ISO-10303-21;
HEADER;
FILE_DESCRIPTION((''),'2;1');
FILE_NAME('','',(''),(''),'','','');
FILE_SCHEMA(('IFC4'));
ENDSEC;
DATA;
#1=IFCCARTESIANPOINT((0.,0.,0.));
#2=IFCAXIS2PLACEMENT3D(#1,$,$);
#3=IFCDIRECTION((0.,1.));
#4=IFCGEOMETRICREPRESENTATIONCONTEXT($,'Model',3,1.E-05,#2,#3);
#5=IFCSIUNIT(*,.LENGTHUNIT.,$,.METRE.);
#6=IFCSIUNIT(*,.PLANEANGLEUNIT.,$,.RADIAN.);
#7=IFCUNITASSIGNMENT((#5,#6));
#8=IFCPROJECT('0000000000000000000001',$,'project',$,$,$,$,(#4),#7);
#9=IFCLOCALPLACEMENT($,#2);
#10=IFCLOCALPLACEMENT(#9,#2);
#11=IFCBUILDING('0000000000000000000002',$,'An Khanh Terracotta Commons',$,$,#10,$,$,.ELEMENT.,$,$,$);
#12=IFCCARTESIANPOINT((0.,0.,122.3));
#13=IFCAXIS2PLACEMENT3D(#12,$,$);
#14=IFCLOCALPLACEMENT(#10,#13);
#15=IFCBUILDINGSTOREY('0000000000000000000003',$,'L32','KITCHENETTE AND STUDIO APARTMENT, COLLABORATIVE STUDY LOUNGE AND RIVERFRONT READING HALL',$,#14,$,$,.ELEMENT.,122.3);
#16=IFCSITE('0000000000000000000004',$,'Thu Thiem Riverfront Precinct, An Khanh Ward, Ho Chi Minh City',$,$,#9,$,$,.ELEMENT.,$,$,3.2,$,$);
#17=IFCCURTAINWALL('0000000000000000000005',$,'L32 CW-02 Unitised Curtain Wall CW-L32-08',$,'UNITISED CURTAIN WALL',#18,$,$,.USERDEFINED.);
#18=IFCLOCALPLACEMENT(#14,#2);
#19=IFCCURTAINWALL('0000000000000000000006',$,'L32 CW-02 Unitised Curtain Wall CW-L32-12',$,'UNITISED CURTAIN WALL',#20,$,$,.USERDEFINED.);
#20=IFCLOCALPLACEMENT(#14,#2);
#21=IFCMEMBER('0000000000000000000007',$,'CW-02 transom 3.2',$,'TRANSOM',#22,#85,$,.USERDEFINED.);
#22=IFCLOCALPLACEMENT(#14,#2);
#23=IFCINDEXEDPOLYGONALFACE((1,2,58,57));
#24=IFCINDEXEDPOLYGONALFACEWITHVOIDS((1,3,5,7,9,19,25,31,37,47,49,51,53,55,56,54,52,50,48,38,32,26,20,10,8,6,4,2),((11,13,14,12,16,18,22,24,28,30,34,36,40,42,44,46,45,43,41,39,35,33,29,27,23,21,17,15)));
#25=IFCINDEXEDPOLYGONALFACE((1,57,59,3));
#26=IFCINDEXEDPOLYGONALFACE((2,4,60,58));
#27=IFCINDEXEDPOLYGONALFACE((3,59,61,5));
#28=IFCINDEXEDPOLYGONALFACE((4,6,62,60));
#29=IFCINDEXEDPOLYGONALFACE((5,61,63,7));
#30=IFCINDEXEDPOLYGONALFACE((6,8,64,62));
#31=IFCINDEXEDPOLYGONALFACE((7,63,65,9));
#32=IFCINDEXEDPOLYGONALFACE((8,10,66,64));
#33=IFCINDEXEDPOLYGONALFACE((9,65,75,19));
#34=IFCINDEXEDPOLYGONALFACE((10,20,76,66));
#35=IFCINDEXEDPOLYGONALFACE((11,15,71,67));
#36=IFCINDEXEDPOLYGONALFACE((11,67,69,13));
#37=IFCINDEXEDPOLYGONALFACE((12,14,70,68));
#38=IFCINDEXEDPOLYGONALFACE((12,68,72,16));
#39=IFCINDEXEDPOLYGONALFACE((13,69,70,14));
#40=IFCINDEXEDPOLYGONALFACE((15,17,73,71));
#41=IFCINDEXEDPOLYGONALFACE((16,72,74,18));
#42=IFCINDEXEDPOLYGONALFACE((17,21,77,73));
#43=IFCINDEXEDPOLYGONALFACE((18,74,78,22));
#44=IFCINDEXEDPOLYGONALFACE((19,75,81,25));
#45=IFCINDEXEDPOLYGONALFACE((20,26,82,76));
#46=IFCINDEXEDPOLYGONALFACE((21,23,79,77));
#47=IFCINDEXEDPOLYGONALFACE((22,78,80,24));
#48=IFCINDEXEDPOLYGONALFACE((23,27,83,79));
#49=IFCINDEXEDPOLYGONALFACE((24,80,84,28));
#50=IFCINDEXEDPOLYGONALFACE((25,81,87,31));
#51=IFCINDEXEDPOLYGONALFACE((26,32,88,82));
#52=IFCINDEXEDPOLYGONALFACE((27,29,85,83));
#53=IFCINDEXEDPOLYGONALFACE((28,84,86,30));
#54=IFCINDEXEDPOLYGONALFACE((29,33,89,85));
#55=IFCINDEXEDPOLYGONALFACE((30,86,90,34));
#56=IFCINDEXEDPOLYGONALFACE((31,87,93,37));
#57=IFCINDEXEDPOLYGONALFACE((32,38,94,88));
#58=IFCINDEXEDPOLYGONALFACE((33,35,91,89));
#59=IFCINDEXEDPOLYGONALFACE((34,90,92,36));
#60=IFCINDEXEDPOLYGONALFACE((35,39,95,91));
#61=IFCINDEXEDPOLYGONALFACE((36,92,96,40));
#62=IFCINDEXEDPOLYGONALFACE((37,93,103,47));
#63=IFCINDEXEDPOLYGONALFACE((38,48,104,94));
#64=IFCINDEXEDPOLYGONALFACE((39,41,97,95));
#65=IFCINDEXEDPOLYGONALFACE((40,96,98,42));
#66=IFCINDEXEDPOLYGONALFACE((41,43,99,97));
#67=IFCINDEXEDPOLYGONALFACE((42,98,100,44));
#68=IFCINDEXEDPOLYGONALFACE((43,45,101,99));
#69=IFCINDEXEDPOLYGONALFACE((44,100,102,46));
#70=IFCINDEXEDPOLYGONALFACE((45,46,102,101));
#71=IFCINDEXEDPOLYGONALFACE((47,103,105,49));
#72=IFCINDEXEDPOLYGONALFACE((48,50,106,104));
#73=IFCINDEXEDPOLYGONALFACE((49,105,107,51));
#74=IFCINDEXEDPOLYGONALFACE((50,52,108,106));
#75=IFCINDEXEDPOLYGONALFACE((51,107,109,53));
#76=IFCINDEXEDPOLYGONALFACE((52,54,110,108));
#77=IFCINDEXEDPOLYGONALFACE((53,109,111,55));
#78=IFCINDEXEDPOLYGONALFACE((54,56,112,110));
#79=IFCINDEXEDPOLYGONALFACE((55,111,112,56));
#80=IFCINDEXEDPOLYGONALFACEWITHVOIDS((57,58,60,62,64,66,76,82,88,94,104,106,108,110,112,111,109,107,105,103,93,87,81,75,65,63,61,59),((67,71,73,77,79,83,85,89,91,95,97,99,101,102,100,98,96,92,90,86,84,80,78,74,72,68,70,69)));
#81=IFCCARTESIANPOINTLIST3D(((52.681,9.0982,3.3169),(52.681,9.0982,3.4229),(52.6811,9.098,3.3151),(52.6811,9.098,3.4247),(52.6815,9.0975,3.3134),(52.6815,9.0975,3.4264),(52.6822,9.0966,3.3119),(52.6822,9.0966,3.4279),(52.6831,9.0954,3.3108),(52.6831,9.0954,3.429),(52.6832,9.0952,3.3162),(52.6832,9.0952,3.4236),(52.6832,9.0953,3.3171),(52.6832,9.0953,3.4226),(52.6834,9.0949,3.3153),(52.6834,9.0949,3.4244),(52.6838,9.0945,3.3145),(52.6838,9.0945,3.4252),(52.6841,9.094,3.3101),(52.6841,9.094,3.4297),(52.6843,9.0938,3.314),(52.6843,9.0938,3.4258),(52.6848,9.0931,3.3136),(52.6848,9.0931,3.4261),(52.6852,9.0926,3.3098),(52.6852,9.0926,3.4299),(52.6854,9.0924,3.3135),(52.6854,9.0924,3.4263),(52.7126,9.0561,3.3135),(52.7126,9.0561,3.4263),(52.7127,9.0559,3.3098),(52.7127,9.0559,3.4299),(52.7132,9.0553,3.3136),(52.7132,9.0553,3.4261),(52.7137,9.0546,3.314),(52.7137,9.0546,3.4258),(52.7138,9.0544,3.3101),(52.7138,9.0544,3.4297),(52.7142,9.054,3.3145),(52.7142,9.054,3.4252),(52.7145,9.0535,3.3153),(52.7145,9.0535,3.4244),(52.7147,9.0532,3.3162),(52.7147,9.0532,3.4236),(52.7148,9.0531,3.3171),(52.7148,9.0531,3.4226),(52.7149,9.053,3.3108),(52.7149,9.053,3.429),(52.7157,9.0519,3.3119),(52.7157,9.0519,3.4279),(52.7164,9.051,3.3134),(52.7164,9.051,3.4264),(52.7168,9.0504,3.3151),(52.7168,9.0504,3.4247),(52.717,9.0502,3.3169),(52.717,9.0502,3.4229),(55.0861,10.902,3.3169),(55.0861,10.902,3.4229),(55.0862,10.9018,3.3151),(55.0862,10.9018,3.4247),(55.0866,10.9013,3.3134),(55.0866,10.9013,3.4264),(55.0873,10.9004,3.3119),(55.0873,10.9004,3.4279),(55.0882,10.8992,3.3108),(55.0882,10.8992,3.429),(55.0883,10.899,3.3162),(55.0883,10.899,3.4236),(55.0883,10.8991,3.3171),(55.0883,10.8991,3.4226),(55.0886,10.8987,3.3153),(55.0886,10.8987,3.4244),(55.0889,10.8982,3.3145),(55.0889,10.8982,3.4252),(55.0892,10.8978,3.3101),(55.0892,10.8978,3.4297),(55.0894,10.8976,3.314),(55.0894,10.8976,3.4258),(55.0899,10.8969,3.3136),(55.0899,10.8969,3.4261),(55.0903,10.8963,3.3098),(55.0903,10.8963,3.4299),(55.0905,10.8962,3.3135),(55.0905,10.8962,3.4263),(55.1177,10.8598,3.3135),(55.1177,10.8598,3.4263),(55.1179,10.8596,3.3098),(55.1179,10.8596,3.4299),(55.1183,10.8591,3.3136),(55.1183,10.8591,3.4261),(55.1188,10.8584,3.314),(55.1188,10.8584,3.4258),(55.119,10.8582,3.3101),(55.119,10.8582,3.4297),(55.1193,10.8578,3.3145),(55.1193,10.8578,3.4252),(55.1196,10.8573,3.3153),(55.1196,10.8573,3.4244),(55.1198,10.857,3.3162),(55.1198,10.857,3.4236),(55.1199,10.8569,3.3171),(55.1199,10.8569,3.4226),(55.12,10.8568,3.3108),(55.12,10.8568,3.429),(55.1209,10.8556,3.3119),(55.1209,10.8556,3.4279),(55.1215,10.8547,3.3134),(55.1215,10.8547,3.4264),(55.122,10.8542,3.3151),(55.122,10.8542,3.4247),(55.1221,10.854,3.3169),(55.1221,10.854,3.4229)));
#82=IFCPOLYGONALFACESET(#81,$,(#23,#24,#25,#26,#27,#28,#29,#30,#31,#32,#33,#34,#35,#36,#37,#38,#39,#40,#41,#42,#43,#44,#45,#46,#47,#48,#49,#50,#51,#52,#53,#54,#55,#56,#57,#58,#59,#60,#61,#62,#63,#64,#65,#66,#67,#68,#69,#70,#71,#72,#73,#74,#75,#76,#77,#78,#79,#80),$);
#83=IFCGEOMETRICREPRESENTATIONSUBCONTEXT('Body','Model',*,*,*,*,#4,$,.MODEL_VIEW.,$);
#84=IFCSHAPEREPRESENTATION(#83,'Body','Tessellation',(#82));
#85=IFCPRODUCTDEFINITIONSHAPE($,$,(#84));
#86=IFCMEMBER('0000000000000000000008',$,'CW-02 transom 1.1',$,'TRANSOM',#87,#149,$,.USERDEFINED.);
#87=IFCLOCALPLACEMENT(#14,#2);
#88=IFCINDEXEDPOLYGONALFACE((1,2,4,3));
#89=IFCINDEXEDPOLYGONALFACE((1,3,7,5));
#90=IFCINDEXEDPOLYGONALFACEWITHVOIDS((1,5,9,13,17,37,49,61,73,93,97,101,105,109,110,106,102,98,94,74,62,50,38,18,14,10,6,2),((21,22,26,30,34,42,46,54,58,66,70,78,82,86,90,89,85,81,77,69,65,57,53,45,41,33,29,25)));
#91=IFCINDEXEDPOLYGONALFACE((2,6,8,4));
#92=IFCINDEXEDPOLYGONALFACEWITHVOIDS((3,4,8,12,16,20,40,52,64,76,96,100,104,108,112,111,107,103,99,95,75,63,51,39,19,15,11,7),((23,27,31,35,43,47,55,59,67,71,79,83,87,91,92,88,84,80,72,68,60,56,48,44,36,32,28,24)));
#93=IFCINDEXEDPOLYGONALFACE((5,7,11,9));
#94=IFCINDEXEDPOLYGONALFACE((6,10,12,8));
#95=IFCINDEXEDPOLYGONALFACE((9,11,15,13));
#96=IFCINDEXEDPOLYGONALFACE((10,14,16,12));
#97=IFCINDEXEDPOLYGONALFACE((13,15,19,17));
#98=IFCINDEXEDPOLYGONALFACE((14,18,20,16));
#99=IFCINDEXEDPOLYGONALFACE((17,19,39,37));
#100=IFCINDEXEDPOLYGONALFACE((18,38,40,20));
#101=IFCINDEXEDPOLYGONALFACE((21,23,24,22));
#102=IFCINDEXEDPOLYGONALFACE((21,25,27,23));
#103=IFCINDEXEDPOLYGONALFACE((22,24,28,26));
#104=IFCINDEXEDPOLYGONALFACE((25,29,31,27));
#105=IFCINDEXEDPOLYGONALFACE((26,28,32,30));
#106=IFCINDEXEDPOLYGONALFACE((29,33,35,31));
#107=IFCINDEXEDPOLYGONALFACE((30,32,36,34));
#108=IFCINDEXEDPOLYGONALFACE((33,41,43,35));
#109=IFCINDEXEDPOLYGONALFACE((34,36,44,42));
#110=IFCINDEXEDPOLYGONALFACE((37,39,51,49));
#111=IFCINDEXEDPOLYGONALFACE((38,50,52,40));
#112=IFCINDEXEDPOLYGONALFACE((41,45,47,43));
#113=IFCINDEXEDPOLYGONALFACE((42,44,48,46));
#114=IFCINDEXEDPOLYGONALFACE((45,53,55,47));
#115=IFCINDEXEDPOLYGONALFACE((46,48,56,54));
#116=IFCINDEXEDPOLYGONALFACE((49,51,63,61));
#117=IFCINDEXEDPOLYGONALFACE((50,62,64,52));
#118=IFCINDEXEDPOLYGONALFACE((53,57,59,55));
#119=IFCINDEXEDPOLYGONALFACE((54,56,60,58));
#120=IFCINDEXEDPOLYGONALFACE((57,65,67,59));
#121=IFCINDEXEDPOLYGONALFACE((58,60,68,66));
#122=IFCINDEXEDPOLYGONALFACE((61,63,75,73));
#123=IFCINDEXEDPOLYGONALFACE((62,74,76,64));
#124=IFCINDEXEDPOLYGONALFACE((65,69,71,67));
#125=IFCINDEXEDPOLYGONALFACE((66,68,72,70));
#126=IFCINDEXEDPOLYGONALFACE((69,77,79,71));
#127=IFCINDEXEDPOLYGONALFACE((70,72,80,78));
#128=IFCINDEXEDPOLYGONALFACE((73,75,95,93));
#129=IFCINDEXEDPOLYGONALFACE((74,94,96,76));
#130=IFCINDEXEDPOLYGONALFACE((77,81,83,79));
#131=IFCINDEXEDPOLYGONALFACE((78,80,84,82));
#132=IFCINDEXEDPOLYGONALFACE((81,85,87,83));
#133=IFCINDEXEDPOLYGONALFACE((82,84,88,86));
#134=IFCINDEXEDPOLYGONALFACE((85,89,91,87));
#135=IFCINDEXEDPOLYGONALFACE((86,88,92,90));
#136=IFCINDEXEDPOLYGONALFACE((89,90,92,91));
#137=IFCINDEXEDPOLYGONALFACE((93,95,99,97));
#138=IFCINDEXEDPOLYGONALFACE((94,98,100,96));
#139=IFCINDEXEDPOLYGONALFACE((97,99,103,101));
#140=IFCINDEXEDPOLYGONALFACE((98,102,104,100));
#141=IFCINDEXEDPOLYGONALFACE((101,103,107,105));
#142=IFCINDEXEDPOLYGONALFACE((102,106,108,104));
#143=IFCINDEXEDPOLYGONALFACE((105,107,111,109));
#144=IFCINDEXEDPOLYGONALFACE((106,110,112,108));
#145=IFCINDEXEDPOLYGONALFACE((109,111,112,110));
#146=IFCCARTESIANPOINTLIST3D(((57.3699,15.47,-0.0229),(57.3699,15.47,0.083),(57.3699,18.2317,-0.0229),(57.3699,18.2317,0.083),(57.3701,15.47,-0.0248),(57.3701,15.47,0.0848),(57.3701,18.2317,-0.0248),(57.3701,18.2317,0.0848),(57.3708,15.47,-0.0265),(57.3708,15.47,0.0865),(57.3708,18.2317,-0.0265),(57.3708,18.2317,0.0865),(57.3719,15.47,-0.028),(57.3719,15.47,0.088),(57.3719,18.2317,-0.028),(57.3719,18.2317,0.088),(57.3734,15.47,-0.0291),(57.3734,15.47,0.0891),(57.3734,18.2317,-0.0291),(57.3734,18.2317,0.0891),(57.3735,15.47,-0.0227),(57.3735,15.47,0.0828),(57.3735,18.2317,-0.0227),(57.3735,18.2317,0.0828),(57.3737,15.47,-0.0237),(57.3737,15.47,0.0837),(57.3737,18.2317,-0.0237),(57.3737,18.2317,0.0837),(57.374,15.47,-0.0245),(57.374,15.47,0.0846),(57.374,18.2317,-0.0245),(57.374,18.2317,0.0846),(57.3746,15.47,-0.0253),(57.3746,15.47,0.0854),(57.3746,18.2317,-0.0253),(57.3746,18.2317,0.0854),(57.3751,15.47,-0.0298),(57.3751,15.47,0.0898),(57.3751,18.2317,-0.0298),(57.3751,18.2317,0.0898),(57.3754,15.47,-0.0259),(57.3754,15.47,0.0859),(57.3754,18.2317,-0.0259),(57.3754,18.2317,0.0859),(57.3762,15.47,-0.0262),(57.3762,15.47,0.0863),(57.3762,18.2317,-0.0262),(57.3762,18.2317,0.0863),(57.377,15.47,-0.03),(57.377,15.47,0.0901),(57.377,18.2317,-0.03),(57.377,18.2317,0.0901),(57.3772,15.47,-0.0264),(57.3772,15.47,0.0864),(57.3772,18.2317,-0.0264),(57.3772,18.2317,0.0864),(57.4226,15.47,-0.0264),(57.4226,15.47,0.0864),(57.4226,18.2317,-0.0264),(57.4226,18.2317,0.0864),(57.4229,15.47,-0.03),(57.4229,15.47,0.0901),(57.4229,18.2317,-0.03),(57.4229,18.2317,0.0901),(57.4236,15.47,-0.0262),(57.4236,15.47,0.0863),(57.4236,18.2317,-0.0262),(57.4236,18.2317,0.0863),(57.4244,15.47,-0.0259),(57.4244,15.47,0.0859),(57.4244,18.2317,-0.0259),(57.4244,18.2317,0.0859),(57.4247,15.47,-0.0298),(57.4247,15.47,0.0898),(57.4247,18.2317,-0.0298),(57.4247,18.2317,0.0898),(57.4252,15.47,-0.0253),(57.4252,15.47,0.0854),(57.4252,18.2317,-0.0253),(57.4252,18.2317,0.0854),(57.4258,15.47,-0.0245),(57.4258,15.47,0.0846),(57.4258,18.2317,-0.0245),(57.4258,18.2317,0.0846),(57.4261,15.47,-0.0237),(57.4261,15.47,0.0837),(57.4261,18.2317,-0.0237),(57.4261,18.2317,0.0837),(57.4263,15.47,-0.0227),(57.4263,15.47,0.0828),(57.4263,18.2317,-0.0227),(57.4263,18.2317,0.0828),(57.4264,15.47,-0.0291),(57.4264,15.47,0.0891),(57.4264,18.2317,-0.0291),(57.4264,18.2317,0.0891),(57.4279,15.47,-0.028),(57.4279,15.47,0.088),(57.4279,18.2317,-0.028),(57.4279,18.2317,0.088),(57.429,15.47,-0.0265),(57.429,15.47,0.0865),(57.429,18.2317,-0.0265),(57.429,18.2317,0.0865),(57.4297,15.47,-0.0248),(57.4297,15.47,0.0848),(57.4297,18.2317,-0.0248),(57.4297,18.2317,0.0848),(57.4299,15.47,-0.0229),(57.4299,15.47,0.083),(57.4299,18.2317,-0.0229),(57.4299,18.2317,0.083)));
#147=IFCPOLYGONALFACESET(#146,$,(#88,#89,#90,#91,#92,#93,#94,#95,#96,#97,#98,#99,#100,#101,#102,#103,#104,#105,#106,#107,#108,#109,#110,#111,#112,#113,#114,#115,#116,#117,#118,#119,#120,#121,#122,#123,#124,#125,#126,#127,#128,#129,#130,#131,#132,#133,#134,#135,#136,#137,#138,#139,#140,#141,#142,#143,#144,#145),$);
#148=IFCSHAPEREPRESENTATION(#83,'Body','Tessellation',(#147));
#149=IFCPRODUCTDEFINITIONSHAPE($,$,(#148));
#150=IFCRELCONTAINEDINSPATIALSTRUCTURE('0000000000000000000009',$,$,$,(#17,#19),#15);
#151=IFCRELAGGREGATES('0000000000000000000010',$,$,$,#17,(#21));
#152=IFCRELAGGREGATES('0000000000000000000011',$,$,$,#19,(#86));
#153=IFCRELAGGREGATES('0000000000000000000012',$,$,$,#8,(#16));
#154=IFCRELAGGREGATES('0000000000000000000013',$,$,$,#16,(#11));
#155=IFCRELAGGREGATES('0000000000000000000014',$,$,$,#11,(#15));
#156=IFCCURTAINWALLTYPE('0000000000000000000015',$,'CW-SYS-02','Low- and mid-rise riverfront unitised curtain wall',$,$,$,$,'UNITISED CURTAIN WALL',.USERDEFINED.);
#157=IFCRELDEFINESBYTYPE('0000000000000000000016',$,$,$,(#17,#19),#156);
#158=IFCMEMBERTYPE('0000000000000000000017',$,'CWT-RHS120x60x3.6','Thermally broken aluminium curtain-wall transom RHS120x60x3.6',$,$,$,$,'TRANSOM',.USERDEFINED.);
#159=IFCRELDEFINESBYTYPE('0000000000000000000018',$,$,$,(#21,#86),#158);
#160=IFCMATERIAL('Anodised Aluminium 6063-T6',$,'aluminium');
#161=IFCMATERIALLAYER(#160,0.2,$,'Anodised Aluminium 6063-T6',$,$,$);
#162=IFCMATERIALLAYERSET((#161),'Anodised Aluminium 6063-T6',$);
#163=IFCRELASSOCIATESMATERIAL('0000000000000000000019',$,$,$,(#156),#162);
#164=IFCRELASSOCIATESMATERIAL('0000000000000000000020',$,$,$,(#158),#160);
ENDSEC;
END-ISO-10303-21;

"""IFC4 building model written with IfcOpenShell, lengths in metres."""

from ifc_helpers import new_model, si_unit, direction, frame, origin, origin_2d, place, context, subcontext, project, spatial, hollow_rectangle, extrude, material, layer, layer_set, material_profile, profile_set, type_object, element, aggregate, save


model = new_model("IFC4")

# Units and contexts
model_context = context("Model", 3, precision=1e-05, world=origin(), true_north=direction((0.0, 1.0)))
body_context = subcontext(model_context, "Body", "Model", "MODEL_VIEW")
ifc_project = project(units=[si_unit("LENGTHUNIT", "METRE"), si_unit("PLANEANGLEUNIT", "RADIAN")], contexts=[model_context])

# Site, building, storey
site_placement = place(None, origin())
site = spatial("IfcSite", under=ifc_project, at=site_placement, Name="Thu Thiem Riverfront Precinct, An Khanh Ward, Ho Chi Minh City", CompositionType="ELEMENT", RefElevation=3.2)
building_placement = place(site_placement, origin())
building = spatial("IfcBuilding", under=site, at=building_placement, Name="An Khanh Terracotta Commons", CompositionType="ELEMENT")
storey_placement = place(building_placement, frame((0.0, 0.0, 122.3)))
storey = spatial("IfcBuildingStorey", under=building, at=storey_placement, Name="L32", Description="KITCHENETTE AND STUDIO APARTMENT, COLLABORATIVE STUDY LOUNGE AND RIVERFRONT READING HALL", CompositionType="ELEMENT", Elevation=122.3)

# Curtain walls
ifc_material_1 = material(Name="Anodised Aluminium 6063-T6", Category="aluminium")
ifc_layer_1 = layer(ifc_material_1, 0.2, Name="Anodised Aluminium 6063-T6")
ifc_layer_set_1 = layer_set([ifc_layer_1], Name="Anodised Aluminium 6063-T6")
curtain_wall_type = type_object("IfcCurtainWallType", Name="CW-SYS-02", Description="Low- and mid-rise riverfront unitised curtain wall", ElementType="UNITISED CURTAIN WALL", PredefinedType="USERDEFINED", material=ifc_layer_set_1)
curtain_wall_1_placement = place(storey_placement, origin())
curtain_wall_1 = element("IfcCurtainWall", 1, at=curtain_wall_1_placement, inside=storey, type_object=curtain_wall_type, Name="L32 CW-02 Unitised Curtain Wall CW-L32-08", ObjectType="UNITISED CURTAIN WALL", PredefinedType="USERDEFINED")
curtain_wall_2_placement = place(storey_placement, origin())
curtain_wall_2 = element("IfcCurtainWall", 2, at=curtain_wall_2_placement, inside=storey, type_object=curtain_wall_type, Name="L32 CW-02 Unitised Curtain Wall CW-L32-12", ObjectType="UNITISED CURTAIN WALL", PredefinedType="USERDEFINED")

# Members
ifc_material_profile_1 = material_profile(ifc_material_1, hollow_rectangle(XDim=0.0601, YDim=0.1201, WallThickness=0.0037, InnerFilletRadius=0.0037, OuterFilletRadius=0.0071, at=origin_2d()), Name="RHS120x60x3.6")
ifc_profile_set_1 = profile_set([ifc_material_profile_1], Name="Anodised Aluminium 6063-T6")
member_type_1 = type_object("IfcMemberType", Name="CWT-RHS120x60x3.6", Description="Thermally broken aluminium curtain-wall transom RHS120x60x3.6", ElementType="TRANSOM", PredefinedType="USERDEFINED", material=ifc_profile_set_1)
member_1_placement = place(storey_placement, frame((52.699, 9.0742, 3.3699), z_axis=(0.80001, 0.599987, 0.0), x_axis=(-0.599987, 0.80001, 0.0)))
member_1 = element("IfcMember", 3, at=member_1_placement, type_object=member_type_1, Name="CW-02 transom 3.2", ObjectType="TRANSOM", PredefinedType="USERDEFINED", context=body_context, shape_type="SweptSolid", body=[
    extrude(hollow_rectangle(XDim=0.0601, YDim=0.1201, WallThickness=0.0037, InnerFilletRadius=0.0037, OuterFilletRadius=0.0071, at=origin_2d()), origin(), (0.0, 0.0, 1.0), 3.0063),
])
member_2_placement = place(storey_placement, frame((57.3999, 15.47, 0.03), z_axis=(0.0, 1.0, 0.0), x_axis=(-1.0, 0.0, 0.0)))
member_2 = element("IfcMember", 4, at=member_2_placement, type_object=member_type_1, Name="CW-02 transom 1.1", ObjectType="TRANSOM", PredefinedType="USERDEFINED", context=body_context, shape_type="SweptSolid", body=[
    extrude(hollow_rectangle(XDim=0.0601, YDim=0.1201, WallThickness=0.0037, InnerFilletRadius=0.0037, OuterFilletRadius=0.0071, at=origin_2d()), origin(), (0.0, 0.0, 1.0), 2.7617),
])

aggregate(curtain_wall_1, [member_1])
aggregate(curtain_wall_2, [member_2])

save(model, "model.ifc")
